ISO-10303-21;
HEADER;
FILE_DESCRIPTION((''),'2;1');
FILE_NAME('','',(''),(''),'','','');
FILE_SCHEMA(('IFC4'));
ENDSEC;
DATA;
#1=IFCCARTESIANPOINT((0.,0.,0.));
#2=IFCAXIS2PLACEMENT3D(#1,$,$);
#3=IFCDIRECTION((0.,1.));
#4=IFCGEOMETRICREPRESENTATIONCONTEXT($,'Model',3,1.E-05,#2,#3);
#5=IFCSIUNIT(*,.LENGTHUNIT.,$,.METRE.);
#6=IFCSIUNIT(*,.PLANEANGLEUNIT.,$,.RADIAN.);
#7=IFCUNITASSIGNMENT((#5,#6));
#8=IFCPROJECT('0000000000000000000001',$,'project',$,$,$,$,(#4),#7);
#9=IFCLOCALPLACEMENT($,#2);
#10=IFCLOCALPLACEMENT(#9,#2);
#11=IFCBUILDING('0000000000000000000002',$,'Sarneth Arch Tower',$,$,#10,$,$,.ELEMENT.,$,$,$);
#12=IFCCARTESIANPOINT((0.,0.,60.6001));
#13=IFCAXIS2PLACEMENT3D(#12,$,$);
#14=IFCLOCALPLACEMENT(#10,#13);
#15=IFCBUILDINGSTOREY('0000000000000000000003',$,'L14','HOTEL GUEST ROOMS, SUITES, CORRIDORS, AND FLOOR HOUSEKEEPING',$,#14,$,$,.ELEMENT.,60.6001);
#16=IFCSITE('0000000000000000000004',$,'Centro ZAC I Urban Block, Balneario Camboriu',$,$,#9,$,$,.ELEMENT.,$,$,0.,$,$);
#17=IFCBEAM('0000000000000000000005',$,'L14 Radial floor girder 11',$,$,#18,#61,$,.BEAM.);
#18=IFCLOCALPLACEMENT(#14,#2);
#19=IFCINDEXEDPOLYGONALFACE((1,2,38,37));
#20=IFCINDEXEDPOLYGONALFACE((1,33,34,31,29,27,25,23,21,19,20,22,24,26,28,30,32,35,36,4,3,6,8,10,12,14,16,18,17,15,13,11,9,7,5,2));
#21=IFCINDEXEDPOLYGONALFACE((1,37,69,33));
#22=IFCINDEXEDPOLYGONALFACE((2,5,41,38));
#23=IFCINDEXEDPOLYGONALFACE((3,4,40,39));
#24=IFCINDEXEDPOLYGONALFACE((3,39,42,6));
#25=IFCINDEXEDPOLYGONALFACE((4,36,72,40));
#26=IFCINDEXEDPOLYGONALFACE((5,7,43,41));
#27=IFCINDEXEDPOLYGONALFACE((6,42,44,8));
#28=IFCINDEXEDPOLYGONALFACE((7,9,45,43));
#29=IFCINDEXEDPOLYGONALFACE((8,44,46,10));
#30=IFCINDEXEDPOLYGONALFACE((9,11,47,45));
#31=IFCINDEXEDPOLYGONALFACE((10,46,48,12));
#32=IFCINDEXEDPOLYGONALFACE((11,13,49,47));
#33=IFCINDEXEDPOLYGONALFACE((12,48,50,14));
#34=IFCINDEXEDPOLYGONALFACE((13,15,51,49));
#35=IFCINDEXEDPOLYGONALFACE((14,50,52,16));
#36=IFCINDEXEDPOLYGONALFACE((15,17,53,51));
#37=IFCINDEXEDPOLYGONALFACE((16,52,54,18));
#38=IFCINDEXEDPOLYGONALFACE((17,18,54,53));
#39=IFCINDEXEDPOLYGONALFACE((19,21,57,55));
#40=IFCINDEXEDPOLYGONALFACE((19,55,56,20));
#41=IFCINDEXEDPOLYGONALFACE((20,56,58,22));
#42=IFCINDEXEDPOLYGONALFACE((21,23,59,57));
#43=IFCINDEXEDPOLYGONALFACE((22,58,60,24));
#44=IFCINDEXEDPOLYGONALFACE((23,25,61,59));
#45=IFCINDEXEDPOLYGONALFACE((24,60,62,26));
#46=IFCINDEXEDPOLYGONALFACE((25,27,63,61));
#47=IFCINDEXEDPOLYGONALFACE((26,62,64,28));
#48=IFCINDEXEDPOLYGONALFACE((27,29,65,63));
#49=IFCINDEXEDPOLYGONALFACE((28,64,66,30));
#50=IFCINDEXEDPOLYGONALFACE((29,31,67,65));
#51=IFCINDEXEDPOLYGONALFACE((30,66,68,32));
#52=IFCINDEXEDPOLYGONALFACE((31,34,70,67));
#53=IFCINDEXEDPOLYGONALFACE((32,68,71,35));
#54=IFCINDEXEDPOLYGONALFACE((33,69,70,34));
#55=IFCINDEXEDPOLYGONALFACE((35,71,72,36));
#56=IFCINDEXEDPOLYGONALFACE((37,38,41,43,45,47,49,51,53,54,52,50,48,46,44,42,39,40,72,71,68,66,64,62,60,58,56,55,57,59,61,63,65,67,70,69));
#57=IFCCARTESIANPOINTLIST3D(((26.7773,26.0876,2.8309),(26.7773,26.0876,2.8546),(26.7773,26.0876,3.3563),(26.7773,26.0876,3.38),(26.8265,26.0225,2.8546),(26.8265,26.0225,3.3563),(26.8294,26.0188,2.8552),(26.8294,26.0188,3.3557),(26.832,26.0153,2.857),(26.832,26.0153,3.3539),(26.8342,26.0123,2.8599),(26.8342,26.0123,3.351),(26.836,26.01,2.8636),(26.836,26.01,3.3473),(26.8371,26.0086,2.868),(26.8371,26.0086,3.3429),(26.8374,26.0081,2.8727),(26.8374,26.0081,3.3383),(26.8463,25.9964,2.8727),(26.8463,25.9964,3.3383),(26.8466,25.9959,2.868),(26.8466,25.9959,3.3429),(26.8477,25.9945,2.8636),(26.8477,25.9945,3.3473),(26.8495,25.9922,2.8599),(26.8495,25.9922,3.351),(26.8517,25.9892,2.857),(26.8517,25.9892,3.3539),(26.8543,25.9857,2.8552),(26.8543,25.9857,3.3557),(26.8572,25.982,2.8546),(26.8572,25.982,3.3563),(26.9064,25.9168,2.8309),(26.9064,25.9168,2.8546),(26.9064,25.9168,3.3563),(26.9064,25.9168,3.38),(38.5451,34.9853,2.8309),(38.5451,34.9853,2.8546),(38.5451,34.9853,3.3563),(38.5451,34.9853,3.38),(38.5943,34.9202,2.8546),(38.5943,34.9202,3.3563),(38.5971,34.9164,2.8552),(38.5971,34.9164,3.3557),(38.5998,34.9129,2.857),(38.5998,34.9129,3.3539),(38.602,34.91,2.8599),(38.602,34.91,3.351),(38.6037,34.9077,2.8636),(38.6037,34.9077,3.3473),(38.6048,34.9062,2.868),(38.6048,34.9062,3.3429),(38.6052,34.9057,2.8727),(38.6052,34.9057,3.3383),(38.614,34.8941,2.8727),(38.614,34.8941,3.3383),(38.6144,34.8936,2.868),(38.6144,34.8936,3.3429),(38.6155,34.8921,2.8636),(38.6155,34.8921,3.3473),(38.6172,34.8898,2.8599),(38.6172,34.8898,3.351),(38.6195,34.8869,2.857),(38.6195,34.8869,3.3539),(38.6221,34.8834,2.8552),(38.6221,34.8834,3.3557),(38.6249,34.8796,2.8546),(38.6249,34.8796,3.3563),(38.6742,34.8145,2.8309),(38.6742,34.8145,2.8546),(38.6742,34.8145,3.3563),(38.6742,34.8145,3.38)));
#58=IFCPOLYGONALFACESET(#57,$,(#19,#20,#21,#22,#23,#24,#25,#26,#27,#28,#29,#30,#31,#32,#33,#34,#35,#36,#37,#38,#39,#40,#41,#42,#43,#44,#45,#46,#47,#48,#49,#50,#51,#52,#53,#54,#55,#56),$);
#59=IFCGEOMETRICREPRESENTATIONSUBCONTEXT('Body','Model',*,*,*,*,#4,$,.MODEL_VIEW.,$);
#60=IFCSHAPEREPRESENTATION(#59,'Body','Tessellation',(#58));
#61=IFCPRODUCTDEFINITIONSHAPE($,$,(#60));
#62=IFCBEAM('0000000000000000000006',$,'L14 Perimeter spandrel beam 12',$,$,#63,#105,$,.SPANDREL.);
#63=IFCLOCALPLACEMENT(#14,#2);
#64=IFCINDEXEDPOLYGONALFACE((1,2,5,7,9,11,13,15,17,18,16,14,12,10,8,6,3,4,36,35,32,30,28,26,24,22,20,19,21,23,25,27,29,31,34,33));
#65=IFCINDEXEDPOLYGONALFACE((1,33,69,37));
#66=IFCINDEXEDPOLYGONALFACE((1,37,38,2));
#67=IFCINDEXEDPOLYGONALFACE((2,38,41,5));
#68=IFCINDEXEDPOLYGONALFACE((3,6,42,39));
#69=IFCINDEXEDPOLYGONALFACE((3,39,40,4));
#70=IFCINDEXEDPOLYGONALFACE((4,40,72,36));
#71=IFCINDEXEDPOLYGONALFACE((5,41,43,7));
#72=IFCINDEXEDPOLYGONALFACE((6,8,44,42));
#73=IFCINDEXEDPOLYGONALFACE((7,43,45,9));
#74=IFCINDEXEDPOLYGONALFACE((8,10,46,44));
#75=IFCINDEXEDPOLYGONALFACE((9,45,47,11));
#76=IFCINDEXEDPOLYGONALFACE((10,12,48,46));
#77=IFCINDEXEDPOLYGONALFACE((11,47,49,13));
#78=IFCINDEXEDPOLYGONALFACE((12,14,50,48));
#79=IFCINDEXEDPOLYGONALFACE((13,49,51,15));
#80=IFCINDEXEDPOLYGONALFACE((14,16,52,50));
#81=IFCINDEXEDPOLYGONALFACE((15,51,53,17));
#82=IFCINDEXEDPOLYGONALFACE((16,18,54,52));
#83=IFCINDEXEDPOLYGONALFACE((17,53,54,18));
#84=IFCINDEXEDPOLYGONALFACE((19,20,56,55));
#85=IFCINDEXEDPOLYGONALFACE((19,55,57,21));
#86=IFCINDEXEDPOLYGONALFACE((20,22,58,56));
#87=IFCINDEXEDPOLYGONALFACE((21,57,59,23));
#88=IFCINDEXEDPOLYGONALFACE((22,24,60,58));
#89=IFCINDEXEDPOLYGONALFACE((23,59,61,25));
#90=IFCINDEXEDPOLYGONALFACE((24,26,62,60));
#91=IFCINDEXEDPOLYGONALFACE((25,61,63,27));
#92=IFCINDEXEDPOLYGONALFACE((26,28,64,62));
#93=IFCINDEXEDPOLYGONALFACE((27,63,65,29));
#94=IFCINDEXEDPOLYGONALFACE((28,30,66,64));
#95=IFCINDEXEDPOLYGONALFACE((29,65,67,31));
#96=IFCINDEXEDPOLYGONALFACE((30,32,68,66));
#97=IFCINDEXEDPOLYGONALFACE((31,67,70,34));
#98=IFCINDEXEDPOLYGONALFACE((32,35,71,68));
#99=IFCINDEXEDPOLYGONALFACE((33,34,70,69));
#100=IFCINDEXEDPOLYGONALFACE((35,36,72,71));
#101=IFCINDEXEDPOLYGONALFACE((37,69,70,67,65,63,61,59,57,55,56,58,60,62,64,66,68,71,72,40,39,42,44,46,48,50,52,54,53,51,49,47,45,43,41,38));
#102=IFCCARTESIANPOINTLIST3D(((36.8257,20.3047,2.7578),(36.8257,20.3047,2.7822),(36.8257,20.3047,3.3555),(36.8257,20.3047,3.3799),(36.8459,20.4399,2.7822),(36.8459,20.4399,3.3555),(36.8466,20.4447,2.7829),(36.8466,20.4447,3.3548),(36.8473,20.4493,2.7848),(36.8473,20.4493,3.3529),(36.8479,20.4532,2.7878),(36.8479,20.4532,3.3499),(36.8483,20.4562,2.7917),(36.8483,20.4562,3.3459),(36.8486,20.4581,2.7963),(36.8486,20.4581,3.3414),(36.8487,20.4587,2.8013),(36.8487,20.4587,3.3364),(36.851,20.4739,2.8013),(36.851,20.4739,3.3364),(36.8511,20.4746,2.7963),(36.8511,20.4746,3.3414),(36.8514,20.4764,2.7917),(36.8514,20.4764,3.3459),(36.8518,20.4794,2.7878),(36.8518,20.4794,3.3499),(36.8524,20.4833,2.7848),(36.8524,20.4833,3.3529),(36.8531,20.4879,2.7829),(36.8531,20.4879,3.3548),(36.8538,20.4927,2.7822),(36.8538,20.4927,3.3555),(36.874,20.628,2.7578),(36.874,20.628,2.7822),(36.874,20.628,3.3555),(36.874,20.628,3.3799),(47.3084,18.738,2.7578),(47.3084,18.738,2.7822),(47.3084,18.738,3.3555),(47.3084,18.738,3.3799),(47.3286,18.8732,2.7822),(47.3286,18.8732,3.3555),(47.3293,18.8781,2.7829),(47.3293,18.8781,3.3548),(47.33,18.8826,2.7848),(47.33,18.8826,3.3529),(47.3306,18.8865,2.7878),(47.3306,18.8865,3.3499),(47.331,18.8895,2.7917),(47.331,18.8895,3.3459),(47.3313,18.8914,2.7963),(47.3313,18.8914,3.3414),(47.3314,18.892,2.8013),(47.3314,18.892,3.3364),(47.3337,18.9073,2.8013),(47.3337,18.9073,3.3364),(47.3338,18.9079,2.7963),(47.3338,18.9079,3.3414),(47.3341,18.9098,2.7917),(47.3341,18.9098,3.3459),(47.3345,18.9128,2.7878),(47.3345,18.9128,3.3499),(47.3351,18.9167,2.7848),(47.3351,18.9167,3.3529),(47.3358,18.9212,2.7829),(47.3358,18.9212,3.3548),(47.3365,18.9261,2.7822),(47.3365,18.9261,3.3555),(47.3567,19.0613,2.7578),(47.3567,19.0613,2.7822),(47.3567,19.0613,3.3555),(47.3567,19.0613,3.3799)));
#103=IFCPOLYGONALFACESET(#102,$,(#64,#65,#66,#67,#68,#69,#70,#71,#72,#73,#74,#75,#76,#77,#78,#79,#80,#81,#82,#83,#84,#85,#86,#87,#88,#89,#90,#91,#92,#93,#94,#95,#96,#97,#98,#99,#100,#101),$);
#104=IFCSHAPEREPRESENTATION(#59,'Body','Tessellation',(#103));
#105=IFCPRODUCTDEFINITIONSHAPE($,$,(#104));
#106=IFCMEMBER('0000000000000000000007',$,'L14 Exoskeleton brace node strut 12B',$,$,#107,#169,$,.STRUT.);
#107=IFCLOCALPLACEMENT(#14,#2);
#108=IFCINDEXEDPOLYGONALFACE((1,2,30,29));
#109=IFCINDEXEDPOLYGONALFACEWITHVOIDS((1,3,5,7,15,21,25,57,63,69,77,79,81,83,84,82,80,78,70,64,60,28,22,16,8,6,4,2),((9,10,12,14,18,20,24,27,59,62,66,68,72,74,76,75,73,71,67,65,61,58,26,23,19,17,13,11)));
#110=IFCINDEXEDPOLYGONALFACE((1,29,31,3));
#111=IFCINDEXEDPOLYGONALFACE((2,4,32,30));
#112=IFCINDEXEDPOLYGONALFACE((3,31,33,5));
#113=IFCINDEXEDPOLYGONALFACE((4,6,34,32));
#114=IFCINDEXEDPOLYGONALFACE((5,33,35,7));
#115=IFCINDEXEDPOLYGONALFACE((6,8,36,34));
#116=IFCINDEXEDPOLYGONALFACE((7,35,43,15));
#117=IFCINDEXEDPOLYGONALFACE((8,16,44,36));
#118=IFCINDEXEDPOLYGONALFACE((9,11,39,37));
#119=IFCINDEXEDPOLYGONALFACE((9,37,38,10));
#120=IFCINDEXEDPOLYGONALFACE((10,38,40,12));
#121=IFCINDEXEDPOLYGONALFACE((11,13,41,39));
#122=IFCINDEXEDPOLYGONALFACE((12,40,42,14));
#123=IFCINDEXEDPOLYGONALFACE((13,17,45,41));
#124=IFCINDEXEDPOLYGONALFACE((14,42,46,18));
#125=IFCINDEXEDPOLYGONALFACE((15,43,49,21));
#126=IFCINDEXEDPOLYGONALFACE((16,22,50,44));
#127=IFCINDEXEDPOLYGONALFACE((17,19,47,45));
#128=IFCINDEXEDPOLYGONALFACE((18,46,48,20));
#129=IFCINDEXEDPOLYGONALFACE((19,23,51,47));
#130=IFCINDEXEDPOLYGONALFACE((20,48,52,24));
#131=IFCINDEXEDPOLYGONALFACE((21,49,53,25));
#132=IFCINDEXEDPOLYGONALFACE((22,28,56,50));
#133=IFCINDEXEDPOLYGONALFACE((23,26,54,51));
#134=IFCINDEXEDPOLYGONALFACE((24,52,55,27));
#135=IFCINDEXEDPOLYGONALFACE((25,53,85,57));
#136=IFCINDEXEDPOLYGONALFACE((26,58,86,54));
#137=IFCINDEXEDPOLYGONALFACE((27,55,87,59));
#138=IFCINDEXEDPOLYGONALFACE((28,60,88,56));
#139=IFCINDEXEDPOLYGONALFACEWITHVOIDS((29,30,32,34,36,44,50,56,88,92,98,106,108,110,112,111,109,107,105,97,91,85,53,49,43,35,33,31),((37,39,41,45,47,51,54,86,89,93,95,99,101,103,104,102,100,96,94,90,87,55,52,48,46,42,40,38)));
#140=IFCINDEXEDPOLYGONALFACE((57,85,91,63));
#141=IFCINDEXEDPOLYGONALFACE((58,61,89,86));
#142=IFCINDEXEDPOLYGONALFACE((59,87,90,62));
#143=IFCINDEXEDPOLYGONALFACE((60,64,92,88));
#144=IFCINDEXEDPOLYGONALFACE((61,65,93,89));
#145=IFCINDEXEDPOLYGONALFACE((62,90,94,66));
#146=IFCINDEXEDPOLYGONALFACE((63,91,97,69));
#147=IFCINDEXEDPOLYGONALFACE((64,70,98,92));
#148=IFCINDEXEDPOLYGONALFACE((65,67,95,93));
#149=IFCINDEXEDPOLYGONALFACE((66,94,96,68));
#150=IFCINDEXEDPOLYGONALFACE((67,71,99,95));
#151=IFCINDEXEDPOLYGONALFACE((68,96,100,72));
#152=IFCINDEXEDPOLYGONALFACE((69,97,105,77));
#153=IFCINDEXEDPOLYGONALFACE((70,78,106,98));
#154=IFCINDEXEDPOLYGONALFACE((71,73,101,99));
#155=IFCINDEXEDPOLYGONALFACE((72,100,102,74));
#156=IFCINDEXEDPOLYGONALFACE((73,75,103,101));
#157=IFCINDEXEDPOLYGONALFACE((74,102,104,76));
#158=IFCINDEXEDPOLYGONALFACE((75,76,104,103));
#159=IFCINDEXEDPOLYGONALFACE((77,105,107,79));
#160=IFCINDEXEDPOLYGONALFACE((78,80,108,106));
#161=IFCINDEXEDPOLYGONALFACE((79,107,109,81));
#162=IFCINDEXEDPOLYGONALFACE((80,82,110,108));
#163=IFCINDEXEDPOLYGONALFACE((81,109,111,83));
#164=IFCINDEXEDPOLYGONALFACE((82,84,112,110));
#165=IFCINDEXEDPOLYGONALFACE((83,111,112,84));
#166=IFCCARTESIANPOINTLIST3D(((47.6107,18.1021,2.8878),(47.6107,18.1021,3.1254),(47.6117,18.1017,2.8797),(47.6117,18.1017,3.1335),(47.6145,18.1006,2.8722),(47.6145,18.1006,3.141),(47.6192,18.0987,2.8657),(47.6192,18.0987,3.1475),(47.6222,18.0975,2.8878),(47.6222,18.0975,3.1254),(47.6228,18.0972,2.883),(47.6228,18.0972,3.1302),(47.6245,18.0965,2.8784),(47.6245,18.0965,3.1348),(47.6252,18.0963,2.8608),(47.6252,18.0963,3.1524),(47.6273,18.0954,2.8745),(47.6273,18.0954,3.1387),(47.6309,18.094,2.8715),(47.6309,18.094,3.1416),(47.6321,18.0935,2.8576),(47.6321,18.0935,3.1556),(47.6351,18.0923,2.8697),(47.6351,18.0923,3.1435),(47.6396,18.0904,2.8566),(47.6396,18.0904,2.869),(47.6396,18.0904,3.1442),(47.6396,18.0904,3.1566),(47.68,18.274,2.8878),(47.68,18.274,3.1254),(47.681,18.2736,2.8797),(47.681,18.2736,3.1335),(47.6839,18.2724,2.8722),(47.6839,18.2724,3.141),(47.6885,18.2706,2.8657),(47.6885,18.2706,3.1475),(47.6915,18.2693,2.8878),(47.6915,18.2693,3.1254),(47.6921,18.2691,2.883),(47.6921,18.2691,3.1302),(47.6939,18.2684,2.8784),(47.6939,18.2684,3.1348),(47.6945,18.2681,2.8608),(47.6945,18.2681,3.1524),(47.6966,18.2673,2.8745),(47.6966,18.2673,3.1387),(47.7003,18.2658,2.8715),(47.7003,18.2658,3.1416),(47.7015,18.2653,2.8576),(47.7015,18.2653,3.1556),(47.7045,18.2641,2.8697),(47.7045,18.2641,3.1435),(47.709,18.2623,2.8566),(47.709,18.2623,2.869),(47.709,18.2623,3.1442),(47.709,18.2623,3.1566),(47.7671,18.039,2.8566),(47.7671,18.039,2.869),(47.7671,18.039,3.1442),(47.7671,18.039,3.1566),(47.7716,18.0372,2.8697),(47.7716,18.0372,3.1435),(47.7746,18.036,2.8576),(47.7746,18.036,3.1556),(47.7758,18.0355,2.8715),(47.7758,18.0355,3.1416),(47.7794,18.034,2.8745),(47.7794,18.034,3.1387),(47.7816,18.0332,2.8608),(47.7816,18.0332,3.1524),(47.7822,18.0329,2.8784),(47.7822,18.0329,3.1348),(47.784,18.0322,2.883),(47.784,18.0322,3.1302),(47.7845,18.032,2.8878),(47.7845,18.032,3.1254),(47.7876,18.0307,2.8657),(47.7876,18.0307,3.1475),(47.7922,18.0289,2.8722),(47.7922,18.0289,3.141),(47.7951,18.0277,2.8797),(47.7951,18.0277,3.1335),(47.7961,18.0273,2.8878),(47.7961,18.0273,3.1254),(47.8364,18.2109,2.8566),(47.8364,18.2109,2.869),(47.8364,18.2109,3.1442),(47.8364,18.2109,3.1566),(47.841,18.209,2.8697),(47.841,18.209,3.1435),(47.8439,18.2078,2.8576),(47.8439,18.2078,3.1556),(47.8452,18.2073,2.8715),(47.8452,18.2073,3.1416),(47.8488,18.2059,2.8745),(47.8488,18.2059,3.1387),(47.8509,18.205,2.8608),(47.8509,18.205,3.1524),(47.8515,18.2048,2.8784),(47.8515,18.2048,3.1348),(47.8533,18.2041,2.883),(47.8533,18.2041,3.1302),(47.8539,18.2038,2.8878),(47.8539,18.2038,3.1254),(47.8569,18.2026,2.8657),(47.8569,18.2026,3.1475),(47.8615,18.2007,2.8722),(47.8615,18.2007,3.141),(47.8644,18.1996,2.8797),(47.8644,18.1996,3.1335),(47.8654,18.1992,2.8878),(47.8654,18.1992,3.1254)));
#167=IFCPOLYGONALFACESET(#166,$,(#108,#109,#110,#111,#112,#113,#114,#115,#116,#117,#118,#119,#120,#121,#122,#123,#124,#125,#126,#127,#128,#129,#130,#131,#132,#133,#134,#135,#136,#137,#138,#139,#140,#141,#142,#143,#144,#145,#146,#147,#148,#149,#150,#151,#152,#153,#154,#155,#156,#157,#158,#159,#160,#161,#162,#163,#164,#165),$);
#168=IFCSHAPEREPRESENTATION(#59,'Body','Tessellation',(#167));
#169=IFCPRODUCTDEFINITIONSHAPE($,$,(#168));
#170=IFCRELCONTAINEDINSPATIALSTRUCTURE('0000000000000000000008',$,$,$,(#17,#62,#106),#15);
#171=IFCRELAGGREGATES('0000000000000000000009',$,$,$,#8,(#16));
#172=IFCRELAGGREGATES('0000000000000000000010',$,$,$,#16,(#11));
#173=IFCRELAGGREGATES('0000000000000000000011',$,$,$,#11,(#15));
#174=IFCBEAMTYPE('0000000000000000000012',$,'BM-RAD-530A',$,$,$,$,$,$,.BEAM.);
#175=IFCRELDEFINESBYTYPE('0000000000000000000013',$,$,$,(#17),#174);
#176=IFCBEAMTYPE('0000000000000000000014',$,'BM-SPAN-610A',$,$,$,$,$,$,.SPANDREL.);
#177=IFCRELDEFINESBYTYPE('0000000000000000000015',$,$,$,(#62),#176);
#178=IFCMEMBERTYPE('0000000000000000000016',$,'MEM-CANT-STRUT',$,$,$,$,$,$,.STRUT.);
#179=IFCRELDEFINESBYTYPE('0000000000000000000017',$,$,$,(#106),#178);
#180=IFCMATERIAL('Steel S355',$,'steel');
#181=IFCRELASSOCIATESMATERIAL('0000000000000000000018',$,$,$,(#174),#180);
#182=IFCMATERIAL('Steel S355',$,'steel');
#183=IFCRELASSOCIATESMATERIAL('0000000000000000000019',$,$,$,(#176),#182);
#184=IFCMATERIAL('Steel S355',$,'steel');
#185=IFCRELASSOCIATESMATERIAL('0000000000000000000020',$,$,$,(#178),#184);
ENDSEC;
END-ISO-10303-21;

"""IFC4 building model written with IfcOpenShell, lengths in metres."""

from ifc_helpers import new_model, si_unit, direction, frame, origin, origin_2d, place, context, subcontext, project, spatial, hollow_rectangle, i_section, extrude, material, material_profile, profile_set, type_object, element, save


model = new_model("IFC4")

# Units and contexts
model_context = context("Model", 3, precision=1e-05, world=origin(), true_north=direction((0.0, 1.0)))
body_context = subcontext(model_context, "Body", "Model", "MODEL_VIEW")
ifc_project = project(units=[si_unit("LENGTHUNIT", "METRE"), si_unit("PLANEANGLEUNIT", "RADIAN")], contexts=[model_context])

# Site, building, storey
site_placement = place(None, origin())
site = spatial("IfcSite", under=ifc_project, at=site_placement, Name="Centro ZAC I Urban Block, Balneario Camboriu", CompositionType="ELEMENT", RefElevation=0.0)
building_placement = place(site_placement, origin())
building = spatial("IfcBuilding", under=site, at=building_placement, Name="Sarneth Arch Tower", CompositionType="ELEMENT")
storey_placement = place(building_placement, frame((0.0, 0.0, 60.6001)))
storey = spatial("IfcBuildingStorey", under=building, at=storey_placement, Name="L14", Description="HOTEL GUEST ROOMS, SUITES, CORRIDORS, AND FLOOR HOUSEKEEPING", CompositionType="ELEMENT", Elevation=60.6001)

# Beams
ifc_material_1 = material(Name="Steel S355", Category="steel")
ifc_material_profile_1 = material_profile(ifc_material_1, i_section(OverallWidth=0.2141, OverallDepth=0.5491, WebThickness=0.0146, FlangeThickness=0.0237, FilletRadius=0.0181, at=origin_2d()), Name="W530x138")
ifc_profile_set_1 = profile_set([ifc_material_profile_1], Name="Steel S355")
beam_type_1 = type_object("IfcBeamType", Name="BM-RAD-530A", PredefinedType="BEAM", material=ifc_profile_set_1)
beam_1_placement = place(storey_placement, frame((38.6096, 34.8999, 3.1055), z_axis=(-0.797657, -0.603112, 0.0), x_axis=(0.603112, -0.797657, 0.0)))
element("IfcBeam", 1, at=beam_1_placement, inside=storey, type_object=beam_type_1, Name="L14 Radial floor girder 11", PredefinedType="BEAM", context=body_context, shape_type="SweptSolid", body=[
    extrude(i_section(OverallWidth=0.2141, OverallDepth=0.5491, WebThickness=0.0146, FlangeThickness=0.0237, FilletRadius=0.0181, at=origin_2d()), origin(), (0.0, 0.0, 1.0), 14.7529),
])
ifc_material_2 = material(Name="Steel S355", Category="steel")
ifc_material_profile_2 = material_profile(ifc_material_2, i_section(OverallWidth=0.3269, OverallDepth=0.6221, WebThickness=0.0154, FlangeThickness=0.0244, FilletRadius=0.019, at=origin_2d()), Name="W610x195")
ifc_profile_set_2 = profile_set([ifc_material_profile_2], Name="Steel S355")
beam_type_2 = type_object("IfcBeamType", Name="BM-SPAN-610A", PredefinedType="SPANDREL", material=ifc_profile_set_2)
beam_2_placement = place(storey_placement, frame((36.8499, 20.4663, 3.0688), z_axis=(0.989016, -0.14781, 0.0), x_axis=(0.14781, 0.989016, 0.0)))
element("IfcBeam", 2, at=beam_2_placement, inside=storey, type_object=beam_type_2, Name="L14 Perimeter spandrel beam 12", PredefinedType="SPANDREL", context=body_context, shape_type="SweptSolid", body=[
    extrude(i_section(OverallWidth=0.3269, OverallDepth=0.6221, WebThickness=0.0154, FlangeThickness=0.0244, FilletRadius=0.019, at=origin_2d()), origin(), (0.0, 0.0, 1.0), 10.5991),
])

# Member
ifc_material_3 = material(Name="Steel S355", Category="steel")
ifc_material_profile_3 = material_profile(ifc_material_3, hollow_rectangle(XDim=0.2, YDim=0.3, WallThickness=0.0125, InnerFilletRadius=0.0188, OuterFilletRadius=0.0312, at=origin_2d()), Name="RHS300x200x12.5")
ifc_profile_set_3 = profile_set([ifc_material_profile_3], Name="Steel S355")
member_type_1 = type_object("IfcMemberType", Name="MEM-CANT-STRUT", PredefinedType="STRUT", material=ifc_profile_set_3)
member_1_placement = place(storey_placement, frame((47.7727, 18.2366, 3.0066), z_axis=(-0.374115, -0.927383, 0.0), x_axis=(0.927383, -0.374115, 0.0)))
element("IfcMember", 3, at=member_1_placement, inside=storey, type_object=member_type_1, Name="L14 Exoskeleton brace node strut 12B", PredefinedType="STRUT", context=body_context, shape_type="SweptSolid", body=[
    extrude(hollow_rectangle(XDim=0.2, YDim=0.3, WallThickness=0.0125, InnerFilletRadius=0.0188, OuterFilletRadius=0.0312, at=origin_2d()), origin(), (0.0, 0.0, 1.0), 0.1853),
])

save(model, "model.ifc")
